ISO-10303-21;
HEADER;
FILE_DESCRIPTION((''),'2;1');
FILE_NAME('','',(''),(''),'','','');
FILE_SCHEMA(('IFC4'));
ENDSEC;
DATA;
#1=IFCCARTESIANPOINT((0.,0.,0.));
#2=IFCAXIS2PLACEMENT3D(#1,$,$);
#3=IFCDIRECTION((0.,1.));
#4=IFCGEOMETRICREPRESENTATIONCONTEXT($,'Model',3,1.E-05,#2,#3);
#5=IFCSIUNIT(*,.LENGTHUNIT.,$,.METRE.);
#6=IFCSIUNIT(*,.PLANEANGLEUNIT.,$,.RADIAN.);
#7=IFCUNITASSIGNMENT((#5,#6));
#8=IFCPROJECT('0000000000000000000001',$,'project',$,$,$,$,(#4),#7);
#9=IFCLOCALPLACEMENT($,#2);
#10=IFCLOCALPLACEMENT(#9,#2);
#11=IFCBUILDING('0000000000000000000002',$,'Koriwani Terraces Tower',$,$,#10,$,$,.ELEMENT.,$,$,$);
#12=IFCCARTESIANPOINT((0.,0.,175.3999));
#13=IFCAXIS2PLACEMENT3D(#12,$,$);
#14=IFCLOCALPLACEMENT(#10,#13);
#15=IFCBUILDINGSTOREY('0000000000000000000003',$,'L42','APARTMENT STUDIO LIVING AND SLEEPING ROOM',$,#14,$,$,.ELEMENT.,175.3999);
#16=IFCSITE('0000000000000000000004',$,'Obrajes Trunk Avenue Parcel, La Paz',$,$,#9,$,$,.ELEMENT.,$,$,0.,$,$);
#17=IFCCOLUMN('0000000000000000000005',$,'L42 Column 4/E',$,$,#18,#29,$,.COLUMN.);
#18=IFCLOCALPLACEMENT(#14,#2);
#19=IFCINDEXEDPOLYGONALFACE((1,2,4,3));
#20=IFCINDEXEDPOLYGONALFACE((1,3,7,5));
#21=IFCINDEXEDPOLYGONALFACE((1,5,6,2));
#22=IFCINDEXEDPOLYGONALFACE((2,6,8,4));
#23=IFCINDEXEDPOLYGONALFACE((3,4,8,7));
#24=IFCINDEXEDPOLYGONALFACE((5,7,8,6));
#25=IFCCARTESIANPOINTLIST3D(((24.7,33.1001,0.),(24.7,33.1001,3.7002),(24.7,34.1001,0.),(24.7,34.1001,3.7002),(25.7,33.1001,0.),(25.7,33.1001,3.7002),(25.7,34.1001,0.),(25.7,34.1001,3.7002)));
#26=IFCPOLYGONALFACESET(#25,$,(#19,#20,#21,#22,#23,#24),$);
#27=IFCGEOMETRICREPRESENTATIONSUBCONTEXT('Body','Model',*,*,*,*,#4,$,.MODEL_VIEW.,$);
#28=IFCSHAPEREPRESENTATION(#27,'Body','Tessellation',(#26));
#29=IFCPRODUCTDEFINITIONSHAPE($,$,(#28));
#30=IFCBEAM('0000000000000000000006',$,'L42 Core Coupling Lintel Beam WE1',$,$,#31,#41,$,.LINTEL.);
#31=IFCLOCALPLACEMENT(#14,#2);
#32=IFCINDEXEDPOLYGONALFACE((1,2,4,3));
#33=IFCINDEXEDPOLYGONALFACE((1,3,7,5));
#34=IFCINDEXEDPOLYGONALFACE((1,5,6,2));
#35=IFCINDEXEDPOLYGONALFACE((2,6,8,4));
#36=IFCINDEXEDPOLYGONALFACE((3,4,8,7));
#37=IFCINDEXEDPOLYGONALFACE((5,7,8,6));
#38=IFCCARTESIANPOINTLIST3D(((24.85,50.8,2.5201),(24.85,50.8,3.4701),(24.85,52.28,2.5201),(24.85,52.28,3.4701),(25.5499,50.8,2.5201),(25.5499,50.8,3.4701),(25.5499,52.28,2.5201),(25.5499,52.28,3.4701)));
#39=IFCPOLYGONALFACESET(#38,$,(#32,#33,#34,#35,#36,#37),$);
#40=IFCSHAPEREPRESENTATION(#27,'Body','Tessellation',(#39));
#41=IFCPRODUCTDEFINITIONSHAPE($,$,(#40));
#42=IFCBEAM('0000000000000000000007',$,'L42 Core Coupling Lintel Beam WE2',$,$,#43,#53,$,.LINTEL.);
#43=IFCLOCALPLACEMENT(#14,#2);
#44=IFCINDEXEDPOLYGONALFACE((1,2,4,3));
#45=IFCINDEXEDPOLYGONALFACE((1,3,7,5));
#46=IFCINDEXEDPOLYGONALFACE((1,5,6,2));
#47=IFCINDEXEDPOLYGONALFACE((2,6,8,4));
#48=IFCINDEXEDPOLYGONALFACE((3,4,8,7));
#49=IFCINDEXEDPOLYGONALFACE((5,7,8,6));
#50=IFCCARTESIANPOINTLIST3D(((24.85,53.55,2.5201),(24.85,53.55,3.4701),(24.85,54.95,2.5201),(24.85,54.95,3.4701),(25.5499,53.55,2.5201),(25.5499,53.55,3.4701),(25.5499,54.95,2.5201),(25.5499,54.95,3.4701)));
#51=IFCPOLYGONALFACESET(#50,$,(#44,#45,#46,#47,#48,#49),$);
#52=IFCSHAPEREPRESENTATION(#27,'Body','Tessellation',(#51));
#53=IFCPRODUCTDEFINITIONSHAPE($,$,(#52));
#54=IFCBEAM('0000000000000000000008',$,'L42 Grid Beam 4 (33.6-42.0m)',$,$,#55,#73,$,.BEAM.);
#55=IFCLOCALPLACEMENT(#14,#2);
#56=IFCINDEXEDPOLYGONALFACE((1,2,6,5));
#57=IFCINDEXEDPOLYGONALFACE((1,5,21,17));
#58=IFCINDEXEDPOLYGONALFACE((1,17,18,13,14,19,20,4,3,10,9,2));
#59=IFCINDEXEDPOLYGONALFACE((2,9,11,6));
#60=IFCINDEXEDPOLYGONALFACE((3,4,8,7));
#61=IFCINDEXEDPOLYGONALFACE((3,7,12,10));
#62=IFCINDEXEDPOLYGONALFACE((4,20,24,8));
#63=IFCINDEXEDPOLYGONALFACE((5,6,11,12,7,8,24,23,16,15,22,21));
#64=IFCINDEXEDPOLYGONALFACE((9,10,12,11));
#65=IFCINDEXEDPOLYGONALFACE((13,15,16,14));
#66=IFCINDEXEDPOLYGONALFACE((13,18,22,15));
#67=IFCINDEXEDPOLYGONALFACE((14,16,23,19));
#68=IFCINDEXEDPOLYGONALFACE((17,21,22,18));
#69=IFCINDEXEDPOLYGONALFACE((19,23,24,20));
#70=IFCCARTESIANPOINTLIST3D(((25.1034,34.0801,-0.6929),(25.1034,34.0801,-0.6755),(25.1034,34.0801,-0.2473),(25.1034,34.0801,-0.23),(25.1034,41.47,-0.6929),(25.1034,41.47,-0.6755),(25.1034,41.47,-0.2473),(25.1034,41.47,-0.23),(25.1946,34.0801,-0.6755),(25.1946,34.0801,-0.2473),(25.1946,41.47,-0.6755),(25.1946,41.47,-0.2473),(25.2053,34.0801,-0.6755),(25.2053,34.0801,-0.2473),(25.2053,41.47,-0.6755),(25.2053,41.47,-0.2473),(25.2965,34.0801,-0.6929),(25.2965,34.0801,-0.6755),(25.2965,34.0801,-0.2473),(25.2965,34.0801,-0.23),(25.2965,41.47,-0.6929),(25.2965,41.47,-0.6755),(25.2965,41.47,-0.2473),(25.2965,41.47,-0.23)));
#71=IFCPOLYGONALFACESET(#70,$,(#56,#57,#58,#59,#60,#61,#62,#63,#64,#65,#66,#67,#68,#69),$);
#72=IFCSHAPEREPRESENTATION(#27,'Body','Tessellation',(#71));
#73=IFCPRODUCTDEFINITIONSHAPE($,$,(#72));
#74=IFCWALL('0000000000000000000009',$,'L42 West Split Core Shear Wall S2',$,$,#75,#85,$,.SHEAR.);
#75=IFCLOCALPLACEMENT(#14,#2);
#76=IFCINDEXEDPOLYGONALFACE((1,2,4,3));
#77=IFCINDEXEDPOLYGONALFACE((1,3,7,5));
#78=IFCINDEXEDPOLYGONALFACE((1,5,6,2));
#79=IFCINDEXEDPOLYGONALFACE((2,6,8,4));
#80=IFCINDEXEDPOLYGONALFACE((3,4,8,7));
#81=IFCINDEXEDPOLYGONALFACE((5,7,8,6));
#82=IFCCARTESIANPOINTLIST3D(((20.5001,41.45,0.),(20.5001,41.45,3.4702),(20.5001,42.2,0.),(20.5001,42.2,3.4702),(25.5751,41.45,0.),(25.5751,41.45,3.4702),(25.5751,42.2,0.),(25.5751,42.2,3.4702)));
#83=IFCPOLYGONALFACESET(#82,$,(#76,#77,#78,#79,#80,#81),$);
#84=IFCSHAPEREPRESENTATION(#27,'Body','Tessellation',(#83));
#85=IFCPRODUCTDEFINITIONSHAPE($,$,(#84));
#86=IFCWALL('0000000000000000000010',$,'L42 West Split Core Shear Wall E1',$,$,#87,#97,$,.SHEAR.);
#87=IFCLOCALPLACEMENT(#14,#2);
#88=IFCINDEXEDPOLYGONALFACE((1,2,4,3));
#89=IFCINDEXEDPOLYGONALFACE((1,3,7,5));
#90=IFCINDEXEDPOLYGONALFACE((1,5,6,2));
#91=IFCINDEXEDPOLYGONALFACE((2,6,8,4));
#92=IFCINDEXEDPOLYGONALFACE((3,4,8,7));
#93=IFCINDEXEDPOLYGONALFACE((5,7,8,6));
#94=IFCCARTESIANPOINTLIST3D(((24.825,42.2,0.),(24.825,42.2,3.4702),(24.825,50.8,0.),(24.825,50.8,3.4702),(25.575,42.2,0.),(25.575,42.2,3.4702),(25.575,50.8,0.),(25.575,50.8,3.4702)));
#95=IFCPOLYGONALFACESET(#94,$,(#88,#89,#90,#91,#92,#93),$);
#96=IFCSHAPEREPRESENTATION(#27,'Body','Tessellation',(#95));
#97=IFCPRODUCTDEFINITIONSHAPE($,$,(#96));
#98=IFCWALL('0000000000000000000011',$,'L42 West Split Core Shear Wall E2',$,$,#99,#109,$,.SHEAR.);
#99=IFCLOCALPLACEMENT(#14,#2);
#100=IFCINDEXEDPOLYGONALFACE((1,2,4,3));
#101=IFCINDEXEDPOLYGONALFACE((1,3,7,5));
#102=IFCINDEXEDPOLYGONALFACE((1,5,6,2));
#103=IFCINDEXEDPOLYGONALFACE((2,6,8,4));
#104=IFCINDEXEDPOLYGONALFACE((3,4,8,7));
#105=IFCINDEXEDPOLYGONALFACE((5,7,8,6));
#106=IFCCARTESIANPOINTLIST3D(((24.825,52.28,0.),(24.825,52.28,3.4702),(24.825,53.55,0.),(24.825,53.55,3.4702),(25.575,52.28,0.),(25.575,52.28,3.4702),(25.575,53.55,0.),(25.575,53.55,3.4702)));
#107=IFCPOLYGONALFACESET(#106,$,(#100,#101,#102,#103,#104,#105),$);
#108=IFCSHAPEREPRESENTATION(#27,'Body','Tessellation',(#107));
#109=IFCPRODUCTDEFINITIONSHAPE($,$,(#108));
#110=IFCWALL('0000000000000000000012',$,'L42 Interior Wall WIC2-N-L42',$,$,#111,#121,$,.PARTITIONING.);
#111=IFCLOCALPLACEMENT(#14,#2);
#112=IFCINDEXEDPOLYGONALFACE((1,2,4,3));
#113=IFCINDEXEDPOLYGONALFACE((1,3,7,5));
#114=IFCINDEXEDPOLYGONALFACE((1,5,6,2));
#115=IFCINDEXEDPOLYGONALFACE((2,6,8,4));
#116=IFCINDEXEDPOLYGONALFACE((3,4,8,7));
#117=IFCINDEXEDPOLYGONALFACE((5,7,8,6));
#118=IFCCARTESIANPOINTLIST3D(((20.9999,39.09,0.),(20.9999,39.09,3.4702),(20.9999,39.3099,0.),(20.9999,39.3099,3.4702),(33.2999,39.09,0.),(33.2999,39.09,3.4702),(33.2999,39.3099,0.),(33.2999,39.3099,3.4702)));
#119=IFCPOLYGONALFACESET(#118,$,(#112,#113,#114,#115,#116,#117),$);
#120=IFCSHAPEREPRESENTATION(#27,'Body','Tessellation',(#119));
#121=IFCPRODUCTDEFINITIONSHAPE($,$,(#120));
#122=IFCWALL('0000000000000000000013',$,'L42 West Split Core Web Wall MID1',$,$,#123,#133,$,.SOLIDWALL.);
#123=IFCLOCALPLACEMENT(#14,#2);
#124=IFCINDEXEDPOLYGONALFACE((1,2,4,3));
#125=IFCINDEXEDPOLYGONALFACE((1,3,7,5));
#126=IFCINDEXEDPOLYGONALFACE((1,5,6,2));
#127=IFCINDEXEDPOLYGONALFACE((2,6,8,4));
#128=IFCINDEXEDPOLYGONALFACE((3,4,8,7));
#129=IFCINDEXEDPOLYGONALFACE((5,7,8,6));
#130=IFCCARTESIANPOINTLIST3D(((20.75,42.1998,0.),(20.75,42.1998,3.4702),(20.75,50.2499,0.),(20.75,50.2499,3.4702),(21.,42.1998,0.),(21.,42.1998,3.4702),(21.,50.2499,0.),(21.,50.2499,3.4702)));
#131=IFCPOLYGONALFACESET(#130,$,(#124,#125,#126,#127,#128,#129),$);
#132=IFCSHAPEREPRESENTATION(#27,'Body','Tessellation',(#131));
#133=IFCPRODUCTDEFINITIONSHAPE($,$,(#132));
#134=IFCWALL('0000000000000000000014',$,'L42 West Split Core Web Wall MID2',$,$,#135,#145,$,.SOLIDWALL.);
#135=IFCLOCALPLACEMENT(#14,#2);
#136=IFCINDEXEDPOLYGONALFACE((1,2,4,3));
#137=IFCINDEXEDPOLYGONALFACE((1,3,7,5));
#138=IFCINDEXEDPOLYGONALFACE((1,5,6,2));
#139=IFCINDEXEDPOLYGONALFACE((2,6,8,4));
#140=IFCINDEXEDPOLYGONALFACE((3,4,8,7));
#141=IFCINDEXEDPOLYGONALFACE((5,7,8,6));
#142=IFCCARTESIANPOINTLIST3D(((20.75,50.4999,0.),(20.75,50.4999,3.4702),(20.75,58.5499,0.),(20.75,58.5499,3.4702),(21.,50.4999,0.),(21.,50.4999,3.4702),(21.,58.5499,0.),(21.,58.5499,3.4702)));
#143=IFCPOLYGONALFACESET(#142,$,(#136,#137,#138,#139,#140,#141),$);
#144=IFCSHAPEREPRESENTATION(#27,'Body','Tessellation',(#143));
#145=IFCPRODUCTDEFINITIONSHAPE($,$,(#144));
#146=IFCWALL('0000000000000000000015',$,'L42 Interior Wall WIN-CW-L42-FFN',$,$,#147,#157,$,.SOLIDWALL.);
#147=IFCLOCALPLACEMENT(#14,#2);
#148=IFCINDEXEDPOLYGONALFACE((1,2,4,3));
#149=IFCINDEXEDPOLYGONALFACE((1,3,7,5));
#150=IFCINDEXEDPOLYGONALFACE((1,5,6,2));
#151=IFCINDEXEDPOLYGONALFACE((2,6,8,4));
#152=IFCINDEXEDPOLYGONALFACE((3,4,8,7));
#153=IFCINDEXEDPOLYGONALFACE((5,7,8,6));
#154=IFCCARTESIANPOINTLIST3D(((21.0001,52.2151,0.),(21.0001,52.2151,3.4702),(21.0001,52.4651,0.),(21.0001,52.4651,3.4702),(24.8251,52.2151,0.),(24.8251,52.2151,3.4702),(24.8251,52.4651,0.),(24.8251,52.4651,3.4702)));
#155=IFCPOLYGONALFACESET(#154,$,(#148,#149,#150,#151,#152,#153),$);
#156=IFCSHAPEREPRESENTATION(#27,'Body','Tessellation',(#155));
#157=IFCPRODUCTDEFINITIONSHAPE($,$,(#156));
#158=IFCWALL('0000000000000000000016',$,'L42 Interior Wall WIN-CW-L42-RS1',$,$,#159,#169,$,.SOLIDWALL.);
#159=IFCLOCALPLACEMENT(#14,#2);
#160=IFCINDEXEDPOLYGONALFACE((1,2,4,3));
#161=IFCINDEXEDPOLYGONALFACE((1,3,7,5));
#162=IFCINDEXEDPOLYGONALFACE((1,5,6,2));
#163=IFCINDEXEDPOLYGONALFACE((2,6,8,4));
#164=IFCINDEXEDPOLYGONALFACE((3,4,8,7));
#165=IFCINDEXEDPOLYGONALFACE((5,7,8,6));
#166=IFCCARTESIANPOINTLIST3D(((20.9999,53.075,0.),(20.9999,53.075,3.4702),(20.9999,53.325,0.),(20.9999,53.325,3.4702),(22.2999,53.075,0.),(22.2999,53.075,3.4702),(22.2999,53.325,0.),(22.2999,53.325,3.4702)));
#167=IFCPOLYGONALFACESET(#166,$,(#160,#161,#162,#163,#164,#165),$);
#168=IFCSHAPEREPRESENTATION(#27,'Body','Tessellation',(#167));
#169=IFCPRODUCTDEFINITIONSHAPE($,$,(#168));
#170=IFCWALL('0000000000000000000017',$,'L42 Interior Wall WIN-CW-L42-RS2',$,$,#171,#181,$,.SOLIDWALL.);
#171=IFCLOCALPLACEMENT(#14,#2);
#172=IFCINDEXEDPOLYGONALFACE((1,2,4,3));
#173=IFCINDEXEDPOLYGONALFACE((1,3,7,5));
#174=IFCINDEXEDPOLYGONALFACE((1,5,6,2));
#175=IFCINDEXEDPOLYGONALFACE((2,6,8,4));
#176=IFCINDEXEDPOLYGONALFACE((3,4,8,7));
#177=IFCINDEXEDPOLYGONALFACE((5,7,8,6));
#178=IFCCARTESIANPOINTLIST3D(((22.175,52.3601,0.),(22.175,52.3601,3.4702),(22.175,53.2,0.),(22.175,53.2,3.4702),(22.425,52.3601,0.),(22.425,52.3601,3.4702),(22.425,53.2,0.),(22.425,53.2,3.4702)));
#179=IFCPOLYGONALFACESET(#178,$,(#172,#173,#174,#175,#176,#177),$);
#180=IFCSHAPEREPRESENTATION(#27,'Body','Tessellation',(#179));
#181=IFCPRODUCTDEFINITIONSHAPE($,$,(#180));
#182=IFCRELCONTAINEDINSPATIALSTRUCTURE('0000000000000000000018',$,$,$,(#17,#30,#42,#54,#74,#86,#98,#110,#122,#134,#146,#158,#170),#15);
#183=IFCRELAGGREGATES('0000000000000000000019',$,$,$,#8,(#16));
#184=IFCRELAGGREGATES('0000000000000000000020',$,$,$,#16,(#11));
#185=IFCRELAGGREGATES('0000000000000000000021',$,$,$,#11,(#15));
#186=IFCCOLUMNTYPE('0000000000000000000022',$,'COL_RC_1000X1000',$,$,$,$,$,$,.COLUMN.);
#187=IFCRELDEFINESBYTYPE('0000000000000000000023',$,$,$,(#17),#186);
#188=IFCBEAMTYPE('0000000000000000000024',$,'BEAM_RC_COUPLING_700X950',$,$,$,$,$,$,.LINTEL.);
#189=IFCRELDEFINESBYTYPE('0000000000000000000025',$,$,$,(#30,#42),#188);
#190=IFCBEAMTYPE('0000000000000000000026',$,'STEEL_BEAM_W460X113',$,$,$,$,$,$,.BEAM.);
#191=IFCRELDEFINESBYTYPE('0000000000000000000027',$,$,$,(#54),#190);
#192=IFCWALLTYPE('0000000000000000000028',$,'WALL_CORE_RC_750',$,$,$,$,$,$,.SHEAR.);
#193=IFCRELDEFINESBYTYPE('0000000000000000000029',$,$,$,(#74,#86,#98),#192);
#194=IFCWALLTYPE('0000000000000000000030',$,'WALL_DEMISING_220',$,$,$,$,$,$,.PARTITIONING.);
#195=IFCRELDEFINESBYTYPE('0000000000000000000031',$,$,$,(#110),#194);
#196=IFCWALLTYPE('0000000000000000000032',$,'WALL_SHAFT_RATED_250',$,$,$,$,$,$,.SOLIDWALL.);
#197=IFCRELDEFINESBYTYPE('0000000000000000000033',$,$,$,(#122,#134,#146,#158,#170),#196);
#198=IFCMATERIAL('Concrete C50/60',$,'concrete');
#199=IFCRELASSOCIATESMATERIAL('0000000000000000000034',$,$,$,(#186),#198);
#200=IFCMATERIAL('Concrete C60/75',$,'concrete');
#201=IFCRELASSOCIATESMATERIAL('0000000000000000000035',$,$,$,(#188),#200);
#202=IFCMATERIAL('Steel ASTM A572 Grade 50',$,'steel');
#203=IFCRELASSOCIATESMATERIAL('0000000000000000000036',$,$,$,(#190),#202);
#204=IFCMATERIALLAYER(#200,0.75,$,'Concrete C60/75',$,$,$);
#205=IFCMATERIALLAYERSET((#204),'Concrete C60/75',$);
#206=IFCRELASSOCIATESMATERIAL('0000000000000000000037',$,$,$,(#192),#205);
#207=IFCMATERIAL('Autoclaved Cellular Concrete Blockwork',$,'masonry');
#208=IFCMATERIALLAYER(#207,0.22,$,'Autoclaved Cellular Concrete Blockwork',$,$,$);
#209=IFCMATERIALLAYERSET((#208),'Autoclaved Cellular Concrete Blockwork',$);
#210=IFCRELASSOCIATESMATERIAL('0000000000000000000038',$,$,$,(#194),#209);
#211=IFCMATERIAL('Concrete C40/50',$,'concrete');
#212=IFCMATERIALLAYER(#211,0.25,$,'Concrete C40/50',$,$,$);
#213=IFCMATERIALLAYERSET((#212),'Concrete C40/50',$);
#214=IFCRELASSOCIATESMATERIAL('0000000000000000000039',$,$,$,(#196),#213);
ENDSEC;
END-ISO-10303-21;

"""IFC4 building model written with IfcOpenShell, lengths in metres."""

from ifc_helpers import new_model, si_unit, direction, frame, frame_2d, origin, origin_2d, place, context, subcontext, project, spatial, rectangle, i_section, extrude, material, layer, layer_set, material_profile, profile_set, type_object, element, save


model = new_model("IFC4")

# Units and contexts
model_context = context("Model", 3, precision=1e-05, world=origin(), true_north=direction((0.0, 1.0)))
body_context = subcontext(model_context, "Body", "Model", "MODEL_VIEW")
ifc_project = project(units=[si_unit("LENGTHUNIT", "METRE"), si_unit("PLANEANGLEUNIT", "RADIAN")], contexts=[model_context])

# Site, building, storey
site_placement = place(None, origin())
site = spatial("IfcSite", under=ifc_project, at=site_placement, Name="Obrajes Trunk Avenue Parcel, La Paz", CompositionType="ELEMENT", RefElevation=0.0)
building_placement = place(site_placement, origin())
building = spatial("IfcBuilding", under=site, at=building_placement, Name="Koriwani Terraces Tower", CompositionType="ELEMENT")
storey_placement = place(building_placement, frame((0.0, 0.0, 175.3999)))
storey = spatial("IfcBuildingStorey", under=building, at=storey_placement, Name="L42", Description="APARTMENT STUDIO LIVING AND SLEEPING ROOM", CompositionType="ELEMENT", Elevation=175.3999)

# Column
ifc_material_1 = material(Name="Concrete C50/60", Category="concrete")
ifc_material_profile_1 = material_profile(ifc_material_1, rectangle(XDim=1.0, YDim=1.0, at=origin_2d()), Name="Concrete C50/60", Category="LoadBearing")
ifc_profile_set_1 = profile_set([ifc_material_profile_1], Name="Concrete C50/60")
column_type = type_object("IfcColumnType", Name="COL_RC_1000X1000", PredefinedType="COLUMN", material=ifc_profile_set_1)
column_placement = place(storey_placement, frame((25.2, 33.6001, 0.0), z_axis=(0.0, 0.0, 1.0), x_axis=(1.0, 0.0, 0.0)))
element("IfcColumn", 1, at=column_placement, inside=storey, type_object=column_type, Name="L42 Column 4/E", PredefinedType="COLUMN", context=body_context, shape_type="SweptSolid", body=[
    extrude(rectangle(XDim=1.0, YDim=1.0, at=origin_2d()), origin(), (0.0, 0.0, 1.0), 3.7002),
])

# Beams
ifc_material_2 = material(Name="Concrete C60/75", Category="concrete")
ifc_material_profile_2 = material_profile(ifc_material_2, rectangle(XDim=0.7, YDim=0.95, at=origin_2d()), Name="Concrete C60/75", Category="LoadBearing")
ifc_profile_set_2 = profile_set([ifc_material_profile_2], Name="Concrete C60/75")
beam_type_1 = type_object("IfcBeamType", Name="BEAM_RC_COUPLING_700X950", PredefinedType="LINTEL", material=ifc_profile_set_2)
beam_1_placement = place(storey_placement, frame((25.2, 50.8, 2.9951), z_axis=(0.0, 1.0, 0.0), x_axis=(-1.0, 0.0, 0.0)))
element("IfcBeam", 2, at=beam_1_placement, inside=storey, type_object=beam_type_1, Name="L42 Core Coupling Lintel Beam WE1", PredefinedType="LINTEL", context=body_context, shape_type="SweptSolid", body=[
    extrude(rectangle(XDim=0.7, YDim=0.95, at=origin_2d()), origin(), (0.0, 0.0, 1.0), 1.48),
])
beam_2_placement = place(storey_placement, frame((25.2, 53.55, 2.9951), z_axis=(0.0, 1.0, 0.0), x_axis=(-1.0, 0.0, 0.0)))
element("IfcBeam", 3, at=beam_2_placement, inside=storey, type_object=beam_type_1, Name="L42 Core Coupling Lintel Beam WE2", PredefinedType="LINTEL", context=body_context, shape_type="SweptSolid", body=[
    extrude(rectangle(XDim=0.7, YDim=0.95, at=origin_2d()), origin(), (0.0, 0.0, 1.0), 1.3999),
])
ifc_material_3 = material(Name="Steel ASTM A572 Grade 50", Category="steel")
ifc_material_profile_3 = material_profile(ifc_material_3, i_section(OverallWidth=0.1931, OverallDepth=0.4629, WebThickness=0.0107, FlangeThickness=0.0173, at=origin_2d()), Name="Steel ASTM A572 Grade 50", Category="LoadBearing")
ifc_profile_set_3 = profile_set([ifc_material_profile_3], Name="Steel ASTM A572 Grade 50")
beam_type_2 = type_object("IfcBeamType", Name="STEEL_BEAM_W460X113", PredefinedType="BEAM", material=ifc_profile_set_3)
beam_3_placement = place(storey_placement, frame((25.2, 34.0801, -0.4614), z_axis=(0.0, 1.0, 0.0), x_axis=(-1.0, 0.0, 0.0)))
element("IfcBeam", 4, at=beam_3_placement, inside=storey, type_object=beam_type_2, Name="L42 Grid Beam 4 (33.6-42.0m)", PredefinedType="BEAM", context=body_context, shape_type="SweptSolid", body=[
    extrude(i_section(OverallWidth=0.1931, OverallDepth=0.4629, WebThickness=0.0107, FlangeThickness=0.0173, at=origin_2d()), origin(), (0.0, 0.0, 1.0), 7.3899),
])

# Walls
ifc_layer_1 = layer(ifc_material_2, 0.75, Name="Concrete C60/75")
ifc_layer_set_1 = layer_set([ifc_layer_1], Name="Concrete C60/75")
wall_type_1 = type_object("IfcWallType", Name="WALL_CORE_RC_750", PredefinedType="SHEAR", material=ifc_layer_set_1)
wall_1_placement = place(storey_placement, frame((20.5, 41.825, 0.0), z_axis=(0.0, 0.0, 1.0), x_axis=(1.0, 0.0, 0.0)))
element("IfcWall", 5, at=wall_1_placement, inside=storey, type_object=wall_type_1, Name="L42 West Split Core Shear Wall S2", PredefinedType="SHEAR", context=body_context, shape_type="SweptSolid", body=[
    extrude(rectangle(XDim=5.075, YDim=0.75, at=frame_2d((2.5376, 0.0))), origin(), (0.0, 0.0, 1.0), 3.4702),
])
wall_2_placement = place(storey_placement, frame((25.2, 42.2, 0.0), z_axis=(0.0, 0.0, 1.0), x_axis=(0.0, 1.0, 0.0)))
element("IfcWall", 6, at=wall_2_placement, inside=storey, type_object=wall_type_1, Name="L42 West Split Core Shear Wall E1", PredefinedType="SHEAR", context=body_context, shape_type="SweptSolid", body=[
    extrude(rectangle(XDim=8.6001, YDim=0.75, at=frame_2d((4.3, 0.0))), origin(), (0.0, 0.0, 1.0), 3.4702),
])
wall_3_placement = place(storey_placement, frame((25.2, 52.28, 0.0), z_axis=(0.0, 0.0, 1.0), x_axis=(0.0, 1.0, 0.0)))
element("IfcWall", 7, at=wall_3_placement, inside=storey, type_object=wall_type_1, Name="L42 West Split Core Shear Wall E2", PredefinedType="SHEAR", context=body_context, shape_type="SweptSolid", body=[
    extrude(rectangle(XDim=1.27, YDim=0.75, at=frame_2d((0.635, 0.0))), origin(), (0.0, 0.0, 1.0), 3.4702),
])
ifc_material_4 = material(Name="Autoclaved Cellular Concrete Blockwork", Category="masonry")
ifc_layer_2 = layer(ifc_material_4, 0.22, Name="Autoclaved Cellular Concrete Blockwork")
ifc_layer_set_2 = layer_set([ifc_layer_2], Name="Autoclaved Cellular Concrete Blockwork")
wall_type_2 = type_object("IfcWallType", Name="WALL_DEMISING_220", PredefinedType="PARTITIONING", material=ifc_layer_set_2)
wall_4_placement = place(storey_placement, frame((21.0, 39.2, 0.0), z_axis=(0.0, 0.0, 1.0), x_axis=(1.0, 0.0, 0.0)))
element("IfcWall", 8, at=wall_4_placement, inside=storey, type_object=wall_type_2, Name="L42 Interior Wall WIC2-N-L42", PredefinedType="PARTITIONING", context=body_context, shape_type="SweptSolid", body=[
    extrude(rectangle(XDim=12.3, YDim=0.22, at=frame_2d((6.1499, 0.0))), origin(), (0.0, 0.0, 1.0), 3.4702),
])
ifc_material_5 = material(Name="Concrete C40/50", Category="concrete")
ifc_layer_3 = layer(ifc_material_5, 0.25, Name="Concrete C40/50")
ifc_layer_set_3 = layer_set([ifc_layer_3], Name="Concrete C40/50")
wall_type_3 = type_object("IfcWallType", Name="WALL_SHAFT_RATED_250", PredefinedType="SOLIDWALL", material=ifc_layer_set_3)
for number, where, z_axis, x_axis, name in (
    (9, (20.875, 42.2, 0.0), (0.0, 0.0, 1.0), (0.0, 1.0, 0.0), "L42 West Split Core Web Wall MID1"),
    (10, (20.875, 50.5, 0.0), (0.0, 0.0, 1.0), (0.0, 1.0, 0.0), "L42 West Split Core Web Wall MID2"),
):
    element("IfcWall", number, at=place(storey_placement, frame(where, z_axis=z_axis, x_axis=x_axis)), inside=storey, type_object=wall_type_3, Name=name, PredefinedType="SOLIDWALL", context=body_context, shape_type="SweptSolid", body=[
        extrude(rectangle(XDim=8.05, YDim=0.25, at=frame_2d((4.0249, 0.0))), origin(), (0.0, 0.0, 1.0), 3.4702),
    ])

# Walls
wall_5_placement = place(storey_placement, frame((21.0, 52.3401, 0.0), z_axis=(0.0, 0.0, 1.0), x_axis=(1.0, 0.0, 0.0)))
element("IfcWall", 11, at=wall_5_placement, inside=storey, type_object=wall_type_3, Name="L42 Interior Wall WIN-CW-L42-FFN", PredefinedType="SOLIDWALL", context=body_context, shape_type="SweptSolid", body=[
    extrude(rectangle(XDim=3.825, YDim=0.25, at=frame_2d((1.9126, 0.0))), origin(), (0.0, 0.0, 1.0), 3.4702),
])
wall_6_placement = place(storey_placement, frame((21.0, 53.2, 0.0), z_axis=(0.0, 0.0, 1.0), x_axis=(1.0, 0.0, 0.0)))
element("IfcWall", 12, at=wall_6_placement, inside=storey, type_object=wall_type_3, Name="L42 Interior Wall WIN-CW-L42-RS1", PredefinedType="SOLIDWALL", context=body_context, shape_type="SweptSolid", body=[
    extrude(rectangle(XDim=1.3, YDim=0.25, at=frame_2d((0.6499, 0.0))), origin(), (0.0, 0.0, 1.0), 3.4702),
])
wall_7_placement = place(storey_placement, frame((22.3, 52.3601, 0.0), z_axis=(0.0, 0.0, 1.0), x_axis=(0.0, 1.0, 0.0)))
element("IfcWall", 13, at=wall_7_placement, inside=storey, type_object=wall_type_3, Name="L42 Interior Wall WIN-CW-L42-RS2", PredefinedType="SOLIDWALL", context=body_context, shape_type="SweptSolid", body=[
    extrude(rectangle(XDim=0.8398, YDim=0.25, at=frame_2d((0.4199, 0.0))), origin(), (0.0, 0.0, 1.0), 3.4702),
])

save(model, "model.ifc")
